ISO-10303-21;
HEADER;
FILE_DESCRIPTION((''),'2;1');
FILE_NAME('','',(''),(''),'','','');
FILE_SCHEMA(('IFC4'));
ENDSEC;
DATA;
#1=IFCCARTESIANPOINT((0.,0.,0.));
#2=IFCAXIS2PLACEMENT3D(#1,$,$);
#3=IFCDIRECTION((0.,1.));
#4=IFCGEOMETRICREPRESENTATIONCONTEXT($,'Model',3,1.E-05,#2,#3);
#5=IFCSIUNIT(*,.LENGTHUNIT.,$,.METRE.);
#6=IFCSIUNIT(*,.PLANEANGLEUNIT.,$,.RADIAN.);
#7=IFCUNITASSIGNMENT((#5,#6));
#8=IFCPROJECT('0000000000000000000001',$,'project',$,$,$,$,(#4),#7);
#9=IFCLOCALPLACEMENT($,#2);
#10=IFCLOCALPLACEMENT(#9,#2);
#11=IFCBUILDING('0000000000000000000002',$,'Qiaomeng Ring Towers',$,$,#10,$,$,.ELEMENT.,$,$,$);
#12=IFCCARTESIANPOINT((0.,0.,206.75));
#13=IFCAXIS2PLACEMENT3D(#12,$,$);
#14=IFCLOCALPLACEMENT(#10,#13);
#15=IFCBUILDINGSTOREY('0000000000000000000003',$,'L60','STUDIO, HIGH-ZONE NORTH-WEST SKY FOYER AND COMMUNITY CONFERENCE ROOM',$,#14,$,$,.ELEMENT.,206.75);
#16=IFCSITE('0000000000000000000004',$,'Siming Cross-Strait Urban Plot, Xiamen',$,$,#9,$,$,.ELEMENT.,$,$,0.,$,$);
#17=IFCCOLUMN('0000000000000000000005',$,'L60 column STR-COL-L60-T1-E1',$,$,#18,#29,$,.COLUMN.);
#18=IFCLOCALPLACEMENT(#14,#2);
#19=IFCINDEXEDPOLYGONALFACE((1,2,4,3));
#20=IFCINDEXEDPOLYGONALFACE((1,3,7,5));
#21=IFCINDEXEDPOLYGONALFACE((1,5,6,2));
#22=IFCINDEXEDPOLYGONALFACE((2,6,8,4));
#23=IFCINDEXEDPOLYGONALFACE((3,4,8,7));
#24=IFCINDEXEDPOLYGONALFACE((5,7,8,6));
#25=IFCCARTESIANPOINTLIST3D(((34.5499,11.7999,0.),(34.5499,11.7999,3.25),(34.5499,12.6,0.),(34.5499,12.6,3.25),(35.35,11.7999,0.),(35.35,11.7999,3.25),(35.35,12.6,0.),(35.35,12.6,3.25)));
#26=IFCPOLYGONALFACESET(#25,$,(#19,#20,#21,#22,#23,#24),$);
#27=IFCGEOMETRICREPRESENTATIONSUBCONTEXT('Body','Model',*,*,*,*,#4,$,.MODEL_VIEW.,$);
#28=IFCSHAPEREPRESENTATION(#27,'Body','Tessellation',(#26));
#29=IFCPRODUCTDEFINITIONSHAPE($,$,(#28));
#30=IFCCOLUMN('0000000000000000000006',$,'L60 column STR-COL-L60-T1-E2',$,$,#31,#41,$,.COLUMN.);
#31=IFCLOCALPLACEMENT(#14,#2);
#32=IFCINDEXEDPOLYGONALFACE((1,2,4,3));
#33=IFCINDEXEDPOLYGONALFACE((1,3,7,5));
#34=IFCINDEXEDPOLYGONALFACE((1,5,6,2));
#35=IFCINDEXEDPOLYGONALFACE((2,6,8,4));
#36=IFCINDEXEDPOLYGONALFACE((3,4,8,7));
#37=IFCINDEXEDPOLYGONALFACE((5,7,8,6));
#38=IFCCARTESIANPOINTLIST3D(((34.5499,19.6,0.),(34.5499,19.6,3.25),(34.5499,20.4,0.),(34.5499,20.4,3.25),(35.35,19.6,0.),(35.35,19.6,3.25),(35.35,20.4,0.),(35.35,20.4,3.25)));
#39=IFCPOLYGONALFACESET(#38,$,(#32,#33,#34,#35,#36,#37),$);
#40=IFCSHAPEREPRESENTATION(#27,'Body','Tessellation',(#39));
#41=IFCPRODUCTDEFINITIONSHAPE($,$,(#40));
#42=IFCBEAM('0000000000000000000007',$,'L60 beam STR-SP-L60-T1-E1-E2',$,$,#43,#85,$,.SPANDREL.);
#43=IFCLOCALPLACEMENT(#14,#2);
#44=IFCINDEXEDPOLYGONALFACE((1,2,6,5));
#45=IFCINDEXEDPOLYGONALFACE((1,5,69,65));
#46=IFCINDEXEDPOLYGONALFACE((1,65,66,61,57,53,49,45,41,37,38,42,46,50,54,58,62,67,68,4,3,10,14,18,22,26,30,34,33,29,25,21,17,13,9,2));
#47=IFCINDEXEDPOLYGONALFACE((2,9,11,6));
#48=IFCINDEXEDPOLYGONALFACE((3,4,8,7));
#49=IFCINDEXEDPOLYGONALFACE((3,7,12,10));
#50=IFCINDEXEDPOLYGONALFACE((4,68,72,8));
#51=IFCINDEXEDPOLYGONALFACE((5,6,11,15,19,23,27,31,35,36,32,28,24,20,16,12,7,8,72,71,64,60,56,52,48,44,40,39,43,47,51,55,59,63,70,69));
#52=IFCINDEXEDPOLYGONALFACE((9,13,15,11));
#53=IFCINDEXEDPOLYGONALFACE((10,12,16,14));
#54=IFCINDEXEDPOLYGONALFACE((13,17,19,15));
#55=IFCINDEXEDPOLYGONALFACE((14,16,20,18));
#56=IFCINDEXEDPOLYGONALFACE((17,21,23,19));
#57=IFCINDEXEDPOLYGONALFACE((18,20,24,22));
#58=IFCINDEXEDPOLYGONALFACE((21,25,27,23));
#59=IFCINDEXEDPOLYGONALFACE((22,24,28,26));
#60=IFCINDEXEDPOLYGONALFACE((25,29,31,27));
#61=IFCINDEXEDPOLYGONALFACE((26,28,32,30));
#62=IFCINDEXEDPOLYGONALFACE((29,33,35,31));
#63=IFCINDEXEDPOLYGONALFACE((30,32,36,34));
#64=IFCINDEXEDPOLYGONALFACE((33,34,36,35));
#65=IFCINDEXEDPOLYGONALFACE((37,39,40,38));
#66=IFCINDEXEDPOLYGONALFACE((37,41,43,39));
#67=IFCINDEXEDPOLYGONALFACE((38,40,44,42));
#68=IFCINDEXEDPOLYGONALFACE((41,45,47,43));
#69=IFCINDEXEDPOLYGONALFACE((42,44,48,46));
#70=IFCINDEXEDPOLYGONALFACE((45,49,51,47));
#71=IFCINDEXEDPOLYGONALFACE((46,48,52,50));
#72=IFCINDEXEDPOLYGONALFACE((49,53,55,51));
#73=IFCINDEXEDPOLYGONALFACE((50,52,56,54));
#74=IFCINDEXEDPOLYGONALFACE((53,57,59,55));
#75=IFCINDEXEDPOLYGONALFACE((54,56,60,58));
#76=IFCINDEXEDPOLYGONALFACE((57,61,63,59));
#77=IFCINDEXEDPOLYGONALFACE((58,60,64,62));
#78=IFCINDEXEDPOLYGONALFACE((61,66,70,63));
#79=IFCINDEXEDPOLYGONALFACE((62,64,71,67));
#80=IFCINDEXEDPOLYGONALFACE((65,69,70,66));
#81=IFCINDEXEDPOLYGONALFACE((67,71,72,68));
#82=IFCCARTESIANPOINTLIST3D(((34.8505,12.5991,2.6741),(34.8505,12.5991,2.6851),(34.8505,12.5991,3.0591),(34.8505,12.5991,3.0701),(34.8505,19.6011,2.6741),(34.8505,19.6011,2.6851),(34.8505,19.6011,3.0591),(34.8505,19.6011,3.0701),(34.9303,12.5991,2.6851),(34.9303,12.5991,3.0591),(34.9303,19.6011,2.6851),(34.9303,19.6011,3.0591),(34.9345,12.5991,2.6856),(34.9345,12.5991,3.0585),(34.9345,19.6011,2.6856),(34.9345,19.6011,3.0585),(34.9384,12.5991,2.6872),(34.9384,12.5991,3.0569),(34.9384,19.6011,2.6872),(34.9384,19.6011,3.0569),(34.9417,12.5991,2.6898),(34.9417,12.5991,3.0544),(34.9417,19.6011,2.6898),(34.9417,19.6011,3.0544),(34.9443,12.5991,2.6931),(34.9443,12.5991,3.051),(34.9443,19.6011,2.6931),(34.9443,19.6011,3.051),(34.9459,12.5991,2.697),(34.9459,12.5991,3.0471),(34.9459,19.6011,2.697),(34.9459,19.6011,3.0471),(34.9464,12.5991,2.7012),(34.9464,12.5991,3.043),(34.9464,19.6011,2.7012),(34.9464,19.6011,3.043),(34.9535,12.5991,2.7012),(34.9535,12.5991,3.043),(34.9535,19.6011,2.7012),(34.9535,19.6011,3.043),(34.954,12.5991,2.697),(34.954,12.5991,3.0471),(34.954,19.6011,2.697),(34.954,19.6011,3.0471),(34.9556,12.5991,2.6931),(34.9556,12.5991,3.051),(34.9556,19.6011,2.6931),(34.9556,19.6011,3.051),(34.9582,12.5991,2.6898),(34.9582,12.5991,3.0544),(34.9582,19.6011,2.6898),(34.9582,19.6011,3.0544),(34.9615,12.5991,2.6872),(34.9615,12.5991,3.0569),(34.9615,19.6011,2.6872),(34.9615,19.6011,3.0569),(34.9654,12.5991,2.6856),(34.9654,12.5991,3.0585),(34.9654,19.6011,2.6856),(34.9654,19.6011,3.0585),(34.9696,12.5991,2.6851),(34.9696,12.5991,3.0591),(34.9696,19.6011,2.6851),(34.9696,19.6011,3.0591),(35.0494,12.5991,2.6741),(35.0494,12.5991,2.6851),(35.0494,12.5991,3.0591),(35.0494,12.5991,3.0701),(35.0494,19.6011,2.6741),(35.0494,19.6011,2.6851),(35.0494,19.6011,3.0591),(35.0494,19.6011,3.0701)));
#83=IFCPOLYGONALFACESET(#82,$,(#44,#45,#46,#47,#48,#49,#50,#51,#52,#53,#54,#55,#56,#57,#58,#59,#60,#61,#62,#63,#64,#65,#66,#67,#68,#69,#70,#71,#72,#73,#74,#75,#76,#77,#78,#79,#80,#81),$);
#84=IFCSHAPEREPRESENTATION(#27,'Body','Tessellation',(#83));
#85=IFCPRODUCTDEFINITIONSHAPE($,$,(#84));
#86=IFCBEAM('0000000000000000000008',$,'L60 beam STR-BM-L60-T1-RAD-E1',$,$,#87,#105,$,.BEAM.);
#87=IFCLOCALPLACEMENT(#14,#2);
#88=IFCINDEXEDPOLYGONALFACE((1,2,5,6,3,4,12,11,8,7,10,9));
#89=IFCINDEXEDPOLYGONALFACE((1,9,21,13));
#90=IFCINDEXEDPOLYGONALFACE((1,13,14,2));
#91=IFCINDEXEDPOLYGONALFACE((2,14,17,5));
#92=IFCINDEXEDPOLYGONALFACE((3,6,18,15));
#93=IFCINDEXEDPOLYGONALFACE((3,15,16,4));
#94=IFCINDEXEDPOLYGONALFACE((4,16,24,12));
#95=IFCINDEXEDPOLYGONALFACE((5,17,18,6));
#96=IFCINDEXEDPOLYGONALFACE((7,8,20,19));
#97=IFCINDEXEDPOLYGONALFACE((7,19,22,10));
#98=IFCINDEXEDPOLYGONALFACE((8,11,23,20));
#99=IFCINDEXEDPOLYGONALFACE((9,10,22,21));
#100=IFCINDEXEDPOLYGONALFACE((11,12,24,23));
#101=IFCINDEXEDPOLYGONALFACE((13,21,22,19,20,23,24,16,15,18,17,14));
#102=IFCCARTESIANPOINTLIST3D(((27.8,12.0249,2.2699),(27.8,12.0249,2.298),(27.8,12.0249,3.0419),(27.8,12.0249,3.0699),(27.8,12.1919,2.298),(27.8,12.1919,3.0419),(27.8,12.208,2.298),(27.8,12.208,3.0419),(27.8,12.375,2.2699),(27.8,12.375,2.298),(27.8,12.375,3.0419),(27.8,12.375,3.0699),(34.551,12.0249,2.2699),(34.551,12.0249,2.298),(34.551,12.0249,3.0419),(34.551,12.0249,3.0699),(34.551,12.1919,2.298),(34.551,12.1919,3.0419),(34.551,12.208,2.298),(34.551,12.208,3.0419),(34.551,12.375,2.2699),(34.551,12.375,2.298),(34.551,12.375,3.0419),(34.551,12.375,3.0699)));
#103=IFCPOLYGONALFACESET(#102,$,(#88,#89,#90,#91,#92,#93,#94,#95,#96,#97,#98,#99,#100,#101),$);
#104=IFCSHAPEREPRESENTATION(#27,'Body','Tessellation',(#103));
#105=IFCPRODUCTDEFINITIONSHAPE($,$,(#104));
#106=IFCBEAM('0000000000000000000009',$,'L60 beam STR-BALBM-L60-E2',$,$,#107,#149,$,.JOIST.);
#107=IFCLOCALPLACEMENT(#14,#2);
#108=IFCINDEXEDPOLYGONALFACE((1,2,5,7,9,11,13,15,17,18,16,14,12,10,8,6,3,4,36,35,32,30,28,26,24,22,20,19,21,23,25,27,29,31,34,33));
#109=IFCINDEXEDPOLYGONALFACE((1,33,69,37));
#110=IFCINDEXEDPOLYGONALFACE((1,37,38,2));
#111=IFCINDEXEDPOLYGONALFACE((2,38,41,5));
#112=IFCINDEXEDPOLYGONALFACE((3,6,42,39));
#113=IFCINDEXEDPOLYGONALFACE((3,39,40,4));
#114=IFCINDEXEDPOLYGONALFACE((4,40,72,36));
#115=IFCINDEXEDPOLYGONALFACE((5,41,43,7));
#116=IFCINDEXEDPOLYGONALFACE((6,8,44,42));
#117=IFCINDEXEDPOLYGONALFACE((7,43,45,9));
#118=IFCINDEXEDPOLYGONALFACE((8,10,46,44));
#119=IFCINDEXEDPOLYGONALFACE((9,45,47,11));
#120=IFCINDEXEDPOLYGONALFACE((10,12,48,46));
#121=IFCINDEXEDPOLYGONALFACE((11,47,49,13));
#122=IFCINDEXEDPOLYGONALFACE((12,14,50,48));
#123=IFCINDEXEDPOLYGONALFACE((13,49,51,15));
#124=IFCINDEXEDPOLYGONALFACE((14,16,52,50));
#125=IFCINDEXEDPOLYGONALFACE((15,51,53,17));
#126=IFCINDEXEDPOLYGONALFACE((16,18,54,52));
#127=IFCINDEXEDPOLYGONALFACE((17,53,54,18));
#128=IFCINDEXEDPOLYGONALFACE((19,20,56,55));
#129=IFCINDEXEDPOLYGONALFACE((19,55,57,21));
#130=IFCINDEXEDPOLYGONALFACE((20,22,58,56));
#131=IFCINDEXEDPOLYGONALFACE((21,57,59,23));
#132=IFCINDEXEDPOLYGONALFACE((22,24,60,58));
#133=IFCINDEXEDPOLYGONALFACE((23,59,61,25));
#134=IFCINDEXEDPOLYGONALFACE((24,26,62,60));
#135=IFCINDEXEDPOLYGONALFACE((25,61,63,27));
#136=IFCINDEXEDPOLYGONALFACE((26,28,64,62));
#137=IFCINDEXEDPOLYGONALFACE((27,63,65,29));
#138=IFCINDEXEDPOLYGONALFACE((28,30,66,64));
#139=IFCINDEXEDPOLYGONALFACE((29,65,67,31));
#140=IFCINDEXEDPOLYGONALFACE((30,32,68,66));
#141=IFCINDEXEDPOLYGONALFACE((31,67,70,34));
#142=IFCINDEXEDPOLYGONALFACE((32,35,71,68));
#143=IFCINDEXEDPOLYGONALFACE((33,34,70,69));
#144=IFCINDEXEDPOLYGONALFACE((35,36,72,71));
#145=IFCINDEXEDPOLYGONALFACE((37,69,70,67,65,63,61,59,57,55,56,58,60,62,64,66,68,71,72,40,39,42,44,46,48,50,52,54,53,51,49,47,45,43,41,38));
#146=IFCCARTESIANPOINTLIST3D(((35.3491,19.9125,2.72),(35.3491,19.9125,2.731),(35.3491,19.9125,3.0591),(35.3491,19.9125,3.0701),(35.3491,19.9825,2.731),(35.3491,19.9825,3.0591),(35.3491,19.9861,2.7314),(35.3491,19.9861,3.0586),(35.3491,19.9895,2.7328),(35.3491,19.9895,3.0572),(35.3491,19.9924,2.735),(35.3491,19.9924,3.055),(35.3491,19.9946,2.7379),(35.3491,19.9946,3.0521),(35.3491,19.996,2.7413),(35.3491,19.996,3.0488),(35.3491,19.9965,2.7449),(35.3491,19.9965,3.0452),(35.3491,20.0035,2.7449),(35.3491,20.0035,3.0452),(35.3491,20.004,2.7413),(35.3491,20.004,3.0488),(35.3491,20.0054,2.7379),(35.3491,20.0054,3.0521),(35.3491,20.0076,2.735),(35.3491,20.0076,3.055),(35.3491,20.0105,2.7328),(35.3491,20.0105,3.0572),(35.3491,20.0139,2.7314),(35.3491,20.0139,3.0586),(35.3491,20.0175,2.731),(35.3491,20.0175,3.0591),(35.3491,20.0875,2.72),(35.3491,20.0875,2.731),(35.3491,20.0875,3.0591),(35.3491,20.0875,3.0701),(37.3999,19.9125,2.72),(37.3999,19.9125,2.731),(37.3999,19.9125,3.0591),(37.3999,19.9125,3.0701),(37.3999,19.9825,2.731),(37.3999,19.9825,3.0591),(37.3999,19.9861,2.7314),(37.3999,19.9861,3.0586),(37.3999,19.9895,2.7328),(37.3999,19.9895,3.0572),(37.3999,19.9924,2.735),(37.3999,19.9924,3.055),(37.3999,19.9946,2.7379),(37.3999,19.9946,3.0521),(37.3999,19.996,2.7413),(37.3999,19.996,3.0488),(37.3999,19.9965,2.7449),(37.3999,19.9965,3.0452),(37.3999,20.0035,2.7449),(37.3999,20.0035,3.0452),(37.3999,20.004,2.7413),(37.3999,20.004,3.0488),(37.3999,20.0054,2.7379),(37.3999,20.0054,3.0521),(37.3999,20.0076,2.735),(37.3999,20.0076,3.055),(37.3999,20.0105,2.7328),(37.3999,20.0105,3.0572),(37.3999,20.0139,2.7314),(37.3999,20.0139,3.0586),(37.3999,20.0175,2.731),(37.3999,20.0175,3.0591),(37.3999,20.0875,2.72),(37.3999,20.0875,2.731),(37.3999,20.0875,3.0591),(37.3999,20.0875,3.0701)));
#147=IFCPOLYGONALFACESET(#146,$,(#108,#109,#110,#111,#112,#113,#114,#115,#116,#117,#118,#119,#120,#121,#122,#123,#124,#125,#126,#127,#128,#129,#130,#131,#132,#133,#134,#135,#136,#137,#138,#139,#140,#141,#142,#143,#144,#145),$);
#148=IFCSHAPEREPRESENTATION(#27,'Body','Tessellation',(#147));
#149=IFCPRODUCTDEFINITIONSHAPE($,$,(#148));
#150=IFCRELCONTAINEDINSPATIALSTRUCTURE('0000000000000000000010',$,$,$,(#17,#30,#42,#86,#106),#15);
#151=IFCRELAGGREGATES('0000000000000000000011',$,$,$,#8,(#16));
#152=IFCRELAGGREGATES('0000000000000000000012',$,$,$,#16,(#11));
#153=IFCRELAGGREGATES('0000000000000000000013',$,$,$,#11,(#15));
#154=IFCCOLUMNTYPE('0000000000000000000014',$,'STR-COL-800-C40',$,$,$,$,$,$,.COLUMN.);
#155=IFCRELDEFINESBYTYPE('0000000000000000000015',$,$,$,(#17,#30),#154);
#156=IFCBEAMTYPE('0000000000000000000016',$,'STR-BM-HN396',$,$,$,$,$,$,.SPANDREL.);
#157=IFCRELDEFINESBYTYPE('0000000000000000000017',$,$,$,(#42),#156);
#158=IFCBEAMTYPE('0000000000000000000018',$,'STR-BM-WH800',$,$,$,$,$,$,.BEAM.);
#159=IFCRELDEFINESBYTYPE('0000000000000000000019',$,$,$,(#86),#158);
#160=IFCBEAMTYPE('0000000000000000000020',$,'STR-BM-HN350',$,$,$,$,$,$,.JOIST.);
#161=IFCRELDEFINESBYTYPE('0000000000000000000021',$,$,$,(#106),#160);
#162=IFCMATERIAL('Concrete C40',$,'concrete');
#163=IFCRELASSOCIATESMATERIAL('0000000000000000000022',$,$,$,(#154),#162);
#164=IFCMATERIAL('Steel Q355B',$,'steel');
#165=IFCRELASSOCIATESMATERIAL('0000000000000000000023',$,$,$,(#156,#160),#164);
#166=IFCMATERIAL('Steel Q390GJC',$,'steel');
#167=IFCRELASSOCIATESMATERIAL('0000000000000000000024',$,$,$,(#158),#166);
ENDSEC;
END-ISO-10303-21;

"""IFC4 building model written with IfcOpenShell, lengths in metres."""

from ifc_helpers import new_model, si_unit, direction, frame, origin, origin_2d, place, context, subcontext, project, spatial, rectangle, i_section, extrude, source, transform, mapped, material, material_profile, profile_set, type_object, element, save


model = new_model("IFC4")

# Units and contexts
model_context = context("Model", 3, precision=1e-05, world=origin(), true_north=direction((0.0, 1.0)))
body_context = subcontext(model_context, "Body", "Model", "MODEL_VIEW")
ifc_project = project(units=[si_unit("LENGTHUNIT", "METRE"), si_unit("PLANEANGLEUNIT", "RADIAN")], contexts=[model_context])

# Site, building, storey
site_placement = place(None, origin())
site = spatial("IfcSite", under=ifc_project, at=site_placement, Name="Siming Cross-Strait Urban Plot, Xiamen", CompositionType="ELEMENT", RefElevation=0.0)
building_placement = place(site_placement, origin())
building = spatial("IfcBuilding", under=site, at=building_placement, Name="Qiaomeng Ring Towers", CompositionType="ELEMENT")
storey_placement = place(building_placement, frame((0.0, 0.0, 206.75)))
storey = spatial("IfcBuildingStorey", under=building, at=storey_placement, Name="L60", Description="STUDIO, HIGH-ZONE NORTH-WEST SKY FOYER AND COMMUNITY CONFERENCE ROOM", CompositionType="ELEMENT", Elevation=206.75)

# Columns
ifc_material_1 = material(Name="Concrete C40", Category="concrete")
ifc_material_profile_1 = material_profile(ifc_material_1, rectangle(XDim=0.8, YDim=0.8, at=origin_2d()), Name="RC COL 800x800")
ifc_profile_set_1 = profile_set([ifc_material_profile_1], Name="Concrete C40")
column_type = type_object("IfcColumnType", Name="STR-COL-800-C40", PredefinedType="COLUMN", material=ifc_profile_set_1)
shared_shape_1 = source(origin(), body_context, "Body", "SweptSolid", [
    extrude(rectangle(XDim=0.8, YDim=0.8, at=origin_2d()), origin(), (0.0, 0.0, 1.0), 3.25),
])
for number, where, z_axis, x_axis, name in (
    (1, (34.95, 12.2, 0.0), (0.0, 0.0, 1.0), (1.0, 0.0, 0.0), "L60 column STR-COL-L60-T1-E1"),
    (2, (34.95, 20.0, 0.0), (0.0, 0.0, 1.0), (1.0, 0.0, 0.0), "L60 column STR-COL-L60-T1-E2"),
):
    element("IfcColumn", number, at=place(storey_placement, frame(where, z_axis=z_axis, x_axis=x_axis)), inside=storey, type_object=column_type, Name=name, PredefinedType="COLUMN", context=body_context, shape_type="MappedRepresentation", body=[
        mapped(shared_shape_1, transform((0.0, 0.0, 0.0), x_axis=(1.0, 0.0, 0.0), y_axis=(0.0, 1.0, 0.0), z_axis=(0.0, 0.0, 1.0), scale=1.0)),
    ])

# Beams
ifc_material_2 = material(Name="Steel Q355B", Category="steel")
ifc_material_profile_2 = material_profile(ifc_material_2, i_section(OverallWidth=0.199, OverallDepth=0.396, WebThickness=0.0071, FlangeThickness=0.011, FilletRadius=0.0161, at=origin_2d()), Name="HN 396x199x7x11")
ifc_profile_set_2 = profile_set([ifc_material_profile_2], Name="Steel Q355B")
beam_type_1 = type_object("IfcBeamType", Name="STR-BM-HN396", PredefinedType="SPANDREL", material=ifc_profile_set_2)
shared_shape_2 = source(origin(), body_context, "Body", "SweptSolid", [
    extrude(i_section(OverallWidth=0.199, OverallDepth=0.396, WebThickness=0.0071, FlangeThickness=0.011, FilletRadius=0.0161, at=origin_2d()), origin(), (0.0, 0.0, 1.0), 7.002),
])
beam_1_placement = place(storey_placement, frame((34.95, 12.5991, 2.8721), z_axis=(0.0, 1.0, 0.0), x_axis=(-1.0, 0.0, 0.0)))
element("IfcBeam", 3, at=beam_1_placement, inside=storey, type_object=beam_type_1, Name="L60 beam STR-SP-L60-T1-E1-E2", PredefinedType="SPANDREL", context=body_context, shape_type="MappedRepresentation", body=[
    mapped(shared_shape_2, transform((0.0, 0.0, 0.0), x_axis=(1.0, 0.0, 0.0), y_axis=(0.0, 1.0, 0.0), z_axis=(0.0, 0.0, 1.0), scale=1.0)),
])
ifc_material_3 = material(Name="Steel Q390GJC", Category="steel")
ifc_material_profile_3 = material_profile(ifc_material_3, i_section(OverallWidth=0.3501, OverallDepth=0.8, WebThickness=0.0161, FlangeThickness=0.0281, at=origin_2d()), Name="WH 800x350x16x28")
ifc_profile_set_3 = profile_set([ifc_material_profile_3], Name="Steel Q390GJC")
beam_type_2 = type_object("IfcBeamType", Name="STR-BM-WH800", PredefinedType="BEAM", material=ifc_profile_set_3)
shared_shape_3 = source(origin(), body_context, "Body", "SweptSolid", [
    extrude(i_section(OverallWidth=0.3501, OverallDepth=0.8, WebThickness=0.0161, FlangeThickness=0.0281, at=origin_2d()), origin(), (0.0, 0.0, 1.0), 6.751),
])
beam_2_placement = place(storey_placement, frame((27.8, 12.2, 2.6699), z_axis=(1.0, 0.0, 0.0), x_axis=(0.0, 1.0, 0.0)))
element("IfcBeam", 4, at=beam_2_placement, inside=storey, type_object=beam_type_2, Name="L60 beam STR-BM-L60-T1-RAD-E1", PredefinedType="BEAM", context=body_context, shape_type="MappedRepresentation", body=[
    mapped(shared_shape_3, transform((0.0, 0.0, 0.0), x_axis=(1.0, 0.0, 0.0), y_axis=(0.0, 1.0, 0.0), z_axis=(0.0, 0.0, 1.0), scale=1.0)),
])
ifc_material_profile_4 = material_profile(ifc_material_2, i_section(OverallWidth=0.175, OverallDepth=0.3501, WebThickness=0.0071, FlangeThickness=0.011, FilletRadius=0.0139, at=origin_2d()), Name="HN 350x175x7x11")
ifc_profile_set_4 = profile_set([ifc_material_profile_4], Name="Steel Q355B")
beam_type_3 = type_object("IfcBeamType", Name="STR-BM-HN350", PredefinedType="JOIST", material=ifc_profile_set_4)
shared_shape_4 = source(origin(), body_context, "Body", "SweptSolid", [
    extrude(i_section(OverallWidth=0.175, OverallDepth=0.3501, WebThickness=0.0071, FlangeThickness=0.011, FilletRadius=0.0139, at=origin_2d()), origin(), (0.0, 0.0, 1.0), 2.0508),
])
beam_3_placement = place(storey_placement, frame((35.3491, 20.0, 2.895), z_axis=(1.0, 0.0, 0.0), x_axis=(0.0, 1.0, 0.0)))
element("IfcBeam", 5, at=beam_3_placement, inside=storey, type_object=beam_type_3, Name="L60 beam STR-BALBM-L60-E2", PredefinedType="JOIST", context=body_context, shape_type="MappedRepresentation", body=[
    mapped(shared_shape_4, transform((0.0, 0.0, 0.0), x_axis=(1.0, 0.0, 0.0), y_axis=(0.0, 1.0, 0.0), z_axis=(0.0, 0.0, 1.0), scale=1.0)),
])

save(model, "model.ifc")
